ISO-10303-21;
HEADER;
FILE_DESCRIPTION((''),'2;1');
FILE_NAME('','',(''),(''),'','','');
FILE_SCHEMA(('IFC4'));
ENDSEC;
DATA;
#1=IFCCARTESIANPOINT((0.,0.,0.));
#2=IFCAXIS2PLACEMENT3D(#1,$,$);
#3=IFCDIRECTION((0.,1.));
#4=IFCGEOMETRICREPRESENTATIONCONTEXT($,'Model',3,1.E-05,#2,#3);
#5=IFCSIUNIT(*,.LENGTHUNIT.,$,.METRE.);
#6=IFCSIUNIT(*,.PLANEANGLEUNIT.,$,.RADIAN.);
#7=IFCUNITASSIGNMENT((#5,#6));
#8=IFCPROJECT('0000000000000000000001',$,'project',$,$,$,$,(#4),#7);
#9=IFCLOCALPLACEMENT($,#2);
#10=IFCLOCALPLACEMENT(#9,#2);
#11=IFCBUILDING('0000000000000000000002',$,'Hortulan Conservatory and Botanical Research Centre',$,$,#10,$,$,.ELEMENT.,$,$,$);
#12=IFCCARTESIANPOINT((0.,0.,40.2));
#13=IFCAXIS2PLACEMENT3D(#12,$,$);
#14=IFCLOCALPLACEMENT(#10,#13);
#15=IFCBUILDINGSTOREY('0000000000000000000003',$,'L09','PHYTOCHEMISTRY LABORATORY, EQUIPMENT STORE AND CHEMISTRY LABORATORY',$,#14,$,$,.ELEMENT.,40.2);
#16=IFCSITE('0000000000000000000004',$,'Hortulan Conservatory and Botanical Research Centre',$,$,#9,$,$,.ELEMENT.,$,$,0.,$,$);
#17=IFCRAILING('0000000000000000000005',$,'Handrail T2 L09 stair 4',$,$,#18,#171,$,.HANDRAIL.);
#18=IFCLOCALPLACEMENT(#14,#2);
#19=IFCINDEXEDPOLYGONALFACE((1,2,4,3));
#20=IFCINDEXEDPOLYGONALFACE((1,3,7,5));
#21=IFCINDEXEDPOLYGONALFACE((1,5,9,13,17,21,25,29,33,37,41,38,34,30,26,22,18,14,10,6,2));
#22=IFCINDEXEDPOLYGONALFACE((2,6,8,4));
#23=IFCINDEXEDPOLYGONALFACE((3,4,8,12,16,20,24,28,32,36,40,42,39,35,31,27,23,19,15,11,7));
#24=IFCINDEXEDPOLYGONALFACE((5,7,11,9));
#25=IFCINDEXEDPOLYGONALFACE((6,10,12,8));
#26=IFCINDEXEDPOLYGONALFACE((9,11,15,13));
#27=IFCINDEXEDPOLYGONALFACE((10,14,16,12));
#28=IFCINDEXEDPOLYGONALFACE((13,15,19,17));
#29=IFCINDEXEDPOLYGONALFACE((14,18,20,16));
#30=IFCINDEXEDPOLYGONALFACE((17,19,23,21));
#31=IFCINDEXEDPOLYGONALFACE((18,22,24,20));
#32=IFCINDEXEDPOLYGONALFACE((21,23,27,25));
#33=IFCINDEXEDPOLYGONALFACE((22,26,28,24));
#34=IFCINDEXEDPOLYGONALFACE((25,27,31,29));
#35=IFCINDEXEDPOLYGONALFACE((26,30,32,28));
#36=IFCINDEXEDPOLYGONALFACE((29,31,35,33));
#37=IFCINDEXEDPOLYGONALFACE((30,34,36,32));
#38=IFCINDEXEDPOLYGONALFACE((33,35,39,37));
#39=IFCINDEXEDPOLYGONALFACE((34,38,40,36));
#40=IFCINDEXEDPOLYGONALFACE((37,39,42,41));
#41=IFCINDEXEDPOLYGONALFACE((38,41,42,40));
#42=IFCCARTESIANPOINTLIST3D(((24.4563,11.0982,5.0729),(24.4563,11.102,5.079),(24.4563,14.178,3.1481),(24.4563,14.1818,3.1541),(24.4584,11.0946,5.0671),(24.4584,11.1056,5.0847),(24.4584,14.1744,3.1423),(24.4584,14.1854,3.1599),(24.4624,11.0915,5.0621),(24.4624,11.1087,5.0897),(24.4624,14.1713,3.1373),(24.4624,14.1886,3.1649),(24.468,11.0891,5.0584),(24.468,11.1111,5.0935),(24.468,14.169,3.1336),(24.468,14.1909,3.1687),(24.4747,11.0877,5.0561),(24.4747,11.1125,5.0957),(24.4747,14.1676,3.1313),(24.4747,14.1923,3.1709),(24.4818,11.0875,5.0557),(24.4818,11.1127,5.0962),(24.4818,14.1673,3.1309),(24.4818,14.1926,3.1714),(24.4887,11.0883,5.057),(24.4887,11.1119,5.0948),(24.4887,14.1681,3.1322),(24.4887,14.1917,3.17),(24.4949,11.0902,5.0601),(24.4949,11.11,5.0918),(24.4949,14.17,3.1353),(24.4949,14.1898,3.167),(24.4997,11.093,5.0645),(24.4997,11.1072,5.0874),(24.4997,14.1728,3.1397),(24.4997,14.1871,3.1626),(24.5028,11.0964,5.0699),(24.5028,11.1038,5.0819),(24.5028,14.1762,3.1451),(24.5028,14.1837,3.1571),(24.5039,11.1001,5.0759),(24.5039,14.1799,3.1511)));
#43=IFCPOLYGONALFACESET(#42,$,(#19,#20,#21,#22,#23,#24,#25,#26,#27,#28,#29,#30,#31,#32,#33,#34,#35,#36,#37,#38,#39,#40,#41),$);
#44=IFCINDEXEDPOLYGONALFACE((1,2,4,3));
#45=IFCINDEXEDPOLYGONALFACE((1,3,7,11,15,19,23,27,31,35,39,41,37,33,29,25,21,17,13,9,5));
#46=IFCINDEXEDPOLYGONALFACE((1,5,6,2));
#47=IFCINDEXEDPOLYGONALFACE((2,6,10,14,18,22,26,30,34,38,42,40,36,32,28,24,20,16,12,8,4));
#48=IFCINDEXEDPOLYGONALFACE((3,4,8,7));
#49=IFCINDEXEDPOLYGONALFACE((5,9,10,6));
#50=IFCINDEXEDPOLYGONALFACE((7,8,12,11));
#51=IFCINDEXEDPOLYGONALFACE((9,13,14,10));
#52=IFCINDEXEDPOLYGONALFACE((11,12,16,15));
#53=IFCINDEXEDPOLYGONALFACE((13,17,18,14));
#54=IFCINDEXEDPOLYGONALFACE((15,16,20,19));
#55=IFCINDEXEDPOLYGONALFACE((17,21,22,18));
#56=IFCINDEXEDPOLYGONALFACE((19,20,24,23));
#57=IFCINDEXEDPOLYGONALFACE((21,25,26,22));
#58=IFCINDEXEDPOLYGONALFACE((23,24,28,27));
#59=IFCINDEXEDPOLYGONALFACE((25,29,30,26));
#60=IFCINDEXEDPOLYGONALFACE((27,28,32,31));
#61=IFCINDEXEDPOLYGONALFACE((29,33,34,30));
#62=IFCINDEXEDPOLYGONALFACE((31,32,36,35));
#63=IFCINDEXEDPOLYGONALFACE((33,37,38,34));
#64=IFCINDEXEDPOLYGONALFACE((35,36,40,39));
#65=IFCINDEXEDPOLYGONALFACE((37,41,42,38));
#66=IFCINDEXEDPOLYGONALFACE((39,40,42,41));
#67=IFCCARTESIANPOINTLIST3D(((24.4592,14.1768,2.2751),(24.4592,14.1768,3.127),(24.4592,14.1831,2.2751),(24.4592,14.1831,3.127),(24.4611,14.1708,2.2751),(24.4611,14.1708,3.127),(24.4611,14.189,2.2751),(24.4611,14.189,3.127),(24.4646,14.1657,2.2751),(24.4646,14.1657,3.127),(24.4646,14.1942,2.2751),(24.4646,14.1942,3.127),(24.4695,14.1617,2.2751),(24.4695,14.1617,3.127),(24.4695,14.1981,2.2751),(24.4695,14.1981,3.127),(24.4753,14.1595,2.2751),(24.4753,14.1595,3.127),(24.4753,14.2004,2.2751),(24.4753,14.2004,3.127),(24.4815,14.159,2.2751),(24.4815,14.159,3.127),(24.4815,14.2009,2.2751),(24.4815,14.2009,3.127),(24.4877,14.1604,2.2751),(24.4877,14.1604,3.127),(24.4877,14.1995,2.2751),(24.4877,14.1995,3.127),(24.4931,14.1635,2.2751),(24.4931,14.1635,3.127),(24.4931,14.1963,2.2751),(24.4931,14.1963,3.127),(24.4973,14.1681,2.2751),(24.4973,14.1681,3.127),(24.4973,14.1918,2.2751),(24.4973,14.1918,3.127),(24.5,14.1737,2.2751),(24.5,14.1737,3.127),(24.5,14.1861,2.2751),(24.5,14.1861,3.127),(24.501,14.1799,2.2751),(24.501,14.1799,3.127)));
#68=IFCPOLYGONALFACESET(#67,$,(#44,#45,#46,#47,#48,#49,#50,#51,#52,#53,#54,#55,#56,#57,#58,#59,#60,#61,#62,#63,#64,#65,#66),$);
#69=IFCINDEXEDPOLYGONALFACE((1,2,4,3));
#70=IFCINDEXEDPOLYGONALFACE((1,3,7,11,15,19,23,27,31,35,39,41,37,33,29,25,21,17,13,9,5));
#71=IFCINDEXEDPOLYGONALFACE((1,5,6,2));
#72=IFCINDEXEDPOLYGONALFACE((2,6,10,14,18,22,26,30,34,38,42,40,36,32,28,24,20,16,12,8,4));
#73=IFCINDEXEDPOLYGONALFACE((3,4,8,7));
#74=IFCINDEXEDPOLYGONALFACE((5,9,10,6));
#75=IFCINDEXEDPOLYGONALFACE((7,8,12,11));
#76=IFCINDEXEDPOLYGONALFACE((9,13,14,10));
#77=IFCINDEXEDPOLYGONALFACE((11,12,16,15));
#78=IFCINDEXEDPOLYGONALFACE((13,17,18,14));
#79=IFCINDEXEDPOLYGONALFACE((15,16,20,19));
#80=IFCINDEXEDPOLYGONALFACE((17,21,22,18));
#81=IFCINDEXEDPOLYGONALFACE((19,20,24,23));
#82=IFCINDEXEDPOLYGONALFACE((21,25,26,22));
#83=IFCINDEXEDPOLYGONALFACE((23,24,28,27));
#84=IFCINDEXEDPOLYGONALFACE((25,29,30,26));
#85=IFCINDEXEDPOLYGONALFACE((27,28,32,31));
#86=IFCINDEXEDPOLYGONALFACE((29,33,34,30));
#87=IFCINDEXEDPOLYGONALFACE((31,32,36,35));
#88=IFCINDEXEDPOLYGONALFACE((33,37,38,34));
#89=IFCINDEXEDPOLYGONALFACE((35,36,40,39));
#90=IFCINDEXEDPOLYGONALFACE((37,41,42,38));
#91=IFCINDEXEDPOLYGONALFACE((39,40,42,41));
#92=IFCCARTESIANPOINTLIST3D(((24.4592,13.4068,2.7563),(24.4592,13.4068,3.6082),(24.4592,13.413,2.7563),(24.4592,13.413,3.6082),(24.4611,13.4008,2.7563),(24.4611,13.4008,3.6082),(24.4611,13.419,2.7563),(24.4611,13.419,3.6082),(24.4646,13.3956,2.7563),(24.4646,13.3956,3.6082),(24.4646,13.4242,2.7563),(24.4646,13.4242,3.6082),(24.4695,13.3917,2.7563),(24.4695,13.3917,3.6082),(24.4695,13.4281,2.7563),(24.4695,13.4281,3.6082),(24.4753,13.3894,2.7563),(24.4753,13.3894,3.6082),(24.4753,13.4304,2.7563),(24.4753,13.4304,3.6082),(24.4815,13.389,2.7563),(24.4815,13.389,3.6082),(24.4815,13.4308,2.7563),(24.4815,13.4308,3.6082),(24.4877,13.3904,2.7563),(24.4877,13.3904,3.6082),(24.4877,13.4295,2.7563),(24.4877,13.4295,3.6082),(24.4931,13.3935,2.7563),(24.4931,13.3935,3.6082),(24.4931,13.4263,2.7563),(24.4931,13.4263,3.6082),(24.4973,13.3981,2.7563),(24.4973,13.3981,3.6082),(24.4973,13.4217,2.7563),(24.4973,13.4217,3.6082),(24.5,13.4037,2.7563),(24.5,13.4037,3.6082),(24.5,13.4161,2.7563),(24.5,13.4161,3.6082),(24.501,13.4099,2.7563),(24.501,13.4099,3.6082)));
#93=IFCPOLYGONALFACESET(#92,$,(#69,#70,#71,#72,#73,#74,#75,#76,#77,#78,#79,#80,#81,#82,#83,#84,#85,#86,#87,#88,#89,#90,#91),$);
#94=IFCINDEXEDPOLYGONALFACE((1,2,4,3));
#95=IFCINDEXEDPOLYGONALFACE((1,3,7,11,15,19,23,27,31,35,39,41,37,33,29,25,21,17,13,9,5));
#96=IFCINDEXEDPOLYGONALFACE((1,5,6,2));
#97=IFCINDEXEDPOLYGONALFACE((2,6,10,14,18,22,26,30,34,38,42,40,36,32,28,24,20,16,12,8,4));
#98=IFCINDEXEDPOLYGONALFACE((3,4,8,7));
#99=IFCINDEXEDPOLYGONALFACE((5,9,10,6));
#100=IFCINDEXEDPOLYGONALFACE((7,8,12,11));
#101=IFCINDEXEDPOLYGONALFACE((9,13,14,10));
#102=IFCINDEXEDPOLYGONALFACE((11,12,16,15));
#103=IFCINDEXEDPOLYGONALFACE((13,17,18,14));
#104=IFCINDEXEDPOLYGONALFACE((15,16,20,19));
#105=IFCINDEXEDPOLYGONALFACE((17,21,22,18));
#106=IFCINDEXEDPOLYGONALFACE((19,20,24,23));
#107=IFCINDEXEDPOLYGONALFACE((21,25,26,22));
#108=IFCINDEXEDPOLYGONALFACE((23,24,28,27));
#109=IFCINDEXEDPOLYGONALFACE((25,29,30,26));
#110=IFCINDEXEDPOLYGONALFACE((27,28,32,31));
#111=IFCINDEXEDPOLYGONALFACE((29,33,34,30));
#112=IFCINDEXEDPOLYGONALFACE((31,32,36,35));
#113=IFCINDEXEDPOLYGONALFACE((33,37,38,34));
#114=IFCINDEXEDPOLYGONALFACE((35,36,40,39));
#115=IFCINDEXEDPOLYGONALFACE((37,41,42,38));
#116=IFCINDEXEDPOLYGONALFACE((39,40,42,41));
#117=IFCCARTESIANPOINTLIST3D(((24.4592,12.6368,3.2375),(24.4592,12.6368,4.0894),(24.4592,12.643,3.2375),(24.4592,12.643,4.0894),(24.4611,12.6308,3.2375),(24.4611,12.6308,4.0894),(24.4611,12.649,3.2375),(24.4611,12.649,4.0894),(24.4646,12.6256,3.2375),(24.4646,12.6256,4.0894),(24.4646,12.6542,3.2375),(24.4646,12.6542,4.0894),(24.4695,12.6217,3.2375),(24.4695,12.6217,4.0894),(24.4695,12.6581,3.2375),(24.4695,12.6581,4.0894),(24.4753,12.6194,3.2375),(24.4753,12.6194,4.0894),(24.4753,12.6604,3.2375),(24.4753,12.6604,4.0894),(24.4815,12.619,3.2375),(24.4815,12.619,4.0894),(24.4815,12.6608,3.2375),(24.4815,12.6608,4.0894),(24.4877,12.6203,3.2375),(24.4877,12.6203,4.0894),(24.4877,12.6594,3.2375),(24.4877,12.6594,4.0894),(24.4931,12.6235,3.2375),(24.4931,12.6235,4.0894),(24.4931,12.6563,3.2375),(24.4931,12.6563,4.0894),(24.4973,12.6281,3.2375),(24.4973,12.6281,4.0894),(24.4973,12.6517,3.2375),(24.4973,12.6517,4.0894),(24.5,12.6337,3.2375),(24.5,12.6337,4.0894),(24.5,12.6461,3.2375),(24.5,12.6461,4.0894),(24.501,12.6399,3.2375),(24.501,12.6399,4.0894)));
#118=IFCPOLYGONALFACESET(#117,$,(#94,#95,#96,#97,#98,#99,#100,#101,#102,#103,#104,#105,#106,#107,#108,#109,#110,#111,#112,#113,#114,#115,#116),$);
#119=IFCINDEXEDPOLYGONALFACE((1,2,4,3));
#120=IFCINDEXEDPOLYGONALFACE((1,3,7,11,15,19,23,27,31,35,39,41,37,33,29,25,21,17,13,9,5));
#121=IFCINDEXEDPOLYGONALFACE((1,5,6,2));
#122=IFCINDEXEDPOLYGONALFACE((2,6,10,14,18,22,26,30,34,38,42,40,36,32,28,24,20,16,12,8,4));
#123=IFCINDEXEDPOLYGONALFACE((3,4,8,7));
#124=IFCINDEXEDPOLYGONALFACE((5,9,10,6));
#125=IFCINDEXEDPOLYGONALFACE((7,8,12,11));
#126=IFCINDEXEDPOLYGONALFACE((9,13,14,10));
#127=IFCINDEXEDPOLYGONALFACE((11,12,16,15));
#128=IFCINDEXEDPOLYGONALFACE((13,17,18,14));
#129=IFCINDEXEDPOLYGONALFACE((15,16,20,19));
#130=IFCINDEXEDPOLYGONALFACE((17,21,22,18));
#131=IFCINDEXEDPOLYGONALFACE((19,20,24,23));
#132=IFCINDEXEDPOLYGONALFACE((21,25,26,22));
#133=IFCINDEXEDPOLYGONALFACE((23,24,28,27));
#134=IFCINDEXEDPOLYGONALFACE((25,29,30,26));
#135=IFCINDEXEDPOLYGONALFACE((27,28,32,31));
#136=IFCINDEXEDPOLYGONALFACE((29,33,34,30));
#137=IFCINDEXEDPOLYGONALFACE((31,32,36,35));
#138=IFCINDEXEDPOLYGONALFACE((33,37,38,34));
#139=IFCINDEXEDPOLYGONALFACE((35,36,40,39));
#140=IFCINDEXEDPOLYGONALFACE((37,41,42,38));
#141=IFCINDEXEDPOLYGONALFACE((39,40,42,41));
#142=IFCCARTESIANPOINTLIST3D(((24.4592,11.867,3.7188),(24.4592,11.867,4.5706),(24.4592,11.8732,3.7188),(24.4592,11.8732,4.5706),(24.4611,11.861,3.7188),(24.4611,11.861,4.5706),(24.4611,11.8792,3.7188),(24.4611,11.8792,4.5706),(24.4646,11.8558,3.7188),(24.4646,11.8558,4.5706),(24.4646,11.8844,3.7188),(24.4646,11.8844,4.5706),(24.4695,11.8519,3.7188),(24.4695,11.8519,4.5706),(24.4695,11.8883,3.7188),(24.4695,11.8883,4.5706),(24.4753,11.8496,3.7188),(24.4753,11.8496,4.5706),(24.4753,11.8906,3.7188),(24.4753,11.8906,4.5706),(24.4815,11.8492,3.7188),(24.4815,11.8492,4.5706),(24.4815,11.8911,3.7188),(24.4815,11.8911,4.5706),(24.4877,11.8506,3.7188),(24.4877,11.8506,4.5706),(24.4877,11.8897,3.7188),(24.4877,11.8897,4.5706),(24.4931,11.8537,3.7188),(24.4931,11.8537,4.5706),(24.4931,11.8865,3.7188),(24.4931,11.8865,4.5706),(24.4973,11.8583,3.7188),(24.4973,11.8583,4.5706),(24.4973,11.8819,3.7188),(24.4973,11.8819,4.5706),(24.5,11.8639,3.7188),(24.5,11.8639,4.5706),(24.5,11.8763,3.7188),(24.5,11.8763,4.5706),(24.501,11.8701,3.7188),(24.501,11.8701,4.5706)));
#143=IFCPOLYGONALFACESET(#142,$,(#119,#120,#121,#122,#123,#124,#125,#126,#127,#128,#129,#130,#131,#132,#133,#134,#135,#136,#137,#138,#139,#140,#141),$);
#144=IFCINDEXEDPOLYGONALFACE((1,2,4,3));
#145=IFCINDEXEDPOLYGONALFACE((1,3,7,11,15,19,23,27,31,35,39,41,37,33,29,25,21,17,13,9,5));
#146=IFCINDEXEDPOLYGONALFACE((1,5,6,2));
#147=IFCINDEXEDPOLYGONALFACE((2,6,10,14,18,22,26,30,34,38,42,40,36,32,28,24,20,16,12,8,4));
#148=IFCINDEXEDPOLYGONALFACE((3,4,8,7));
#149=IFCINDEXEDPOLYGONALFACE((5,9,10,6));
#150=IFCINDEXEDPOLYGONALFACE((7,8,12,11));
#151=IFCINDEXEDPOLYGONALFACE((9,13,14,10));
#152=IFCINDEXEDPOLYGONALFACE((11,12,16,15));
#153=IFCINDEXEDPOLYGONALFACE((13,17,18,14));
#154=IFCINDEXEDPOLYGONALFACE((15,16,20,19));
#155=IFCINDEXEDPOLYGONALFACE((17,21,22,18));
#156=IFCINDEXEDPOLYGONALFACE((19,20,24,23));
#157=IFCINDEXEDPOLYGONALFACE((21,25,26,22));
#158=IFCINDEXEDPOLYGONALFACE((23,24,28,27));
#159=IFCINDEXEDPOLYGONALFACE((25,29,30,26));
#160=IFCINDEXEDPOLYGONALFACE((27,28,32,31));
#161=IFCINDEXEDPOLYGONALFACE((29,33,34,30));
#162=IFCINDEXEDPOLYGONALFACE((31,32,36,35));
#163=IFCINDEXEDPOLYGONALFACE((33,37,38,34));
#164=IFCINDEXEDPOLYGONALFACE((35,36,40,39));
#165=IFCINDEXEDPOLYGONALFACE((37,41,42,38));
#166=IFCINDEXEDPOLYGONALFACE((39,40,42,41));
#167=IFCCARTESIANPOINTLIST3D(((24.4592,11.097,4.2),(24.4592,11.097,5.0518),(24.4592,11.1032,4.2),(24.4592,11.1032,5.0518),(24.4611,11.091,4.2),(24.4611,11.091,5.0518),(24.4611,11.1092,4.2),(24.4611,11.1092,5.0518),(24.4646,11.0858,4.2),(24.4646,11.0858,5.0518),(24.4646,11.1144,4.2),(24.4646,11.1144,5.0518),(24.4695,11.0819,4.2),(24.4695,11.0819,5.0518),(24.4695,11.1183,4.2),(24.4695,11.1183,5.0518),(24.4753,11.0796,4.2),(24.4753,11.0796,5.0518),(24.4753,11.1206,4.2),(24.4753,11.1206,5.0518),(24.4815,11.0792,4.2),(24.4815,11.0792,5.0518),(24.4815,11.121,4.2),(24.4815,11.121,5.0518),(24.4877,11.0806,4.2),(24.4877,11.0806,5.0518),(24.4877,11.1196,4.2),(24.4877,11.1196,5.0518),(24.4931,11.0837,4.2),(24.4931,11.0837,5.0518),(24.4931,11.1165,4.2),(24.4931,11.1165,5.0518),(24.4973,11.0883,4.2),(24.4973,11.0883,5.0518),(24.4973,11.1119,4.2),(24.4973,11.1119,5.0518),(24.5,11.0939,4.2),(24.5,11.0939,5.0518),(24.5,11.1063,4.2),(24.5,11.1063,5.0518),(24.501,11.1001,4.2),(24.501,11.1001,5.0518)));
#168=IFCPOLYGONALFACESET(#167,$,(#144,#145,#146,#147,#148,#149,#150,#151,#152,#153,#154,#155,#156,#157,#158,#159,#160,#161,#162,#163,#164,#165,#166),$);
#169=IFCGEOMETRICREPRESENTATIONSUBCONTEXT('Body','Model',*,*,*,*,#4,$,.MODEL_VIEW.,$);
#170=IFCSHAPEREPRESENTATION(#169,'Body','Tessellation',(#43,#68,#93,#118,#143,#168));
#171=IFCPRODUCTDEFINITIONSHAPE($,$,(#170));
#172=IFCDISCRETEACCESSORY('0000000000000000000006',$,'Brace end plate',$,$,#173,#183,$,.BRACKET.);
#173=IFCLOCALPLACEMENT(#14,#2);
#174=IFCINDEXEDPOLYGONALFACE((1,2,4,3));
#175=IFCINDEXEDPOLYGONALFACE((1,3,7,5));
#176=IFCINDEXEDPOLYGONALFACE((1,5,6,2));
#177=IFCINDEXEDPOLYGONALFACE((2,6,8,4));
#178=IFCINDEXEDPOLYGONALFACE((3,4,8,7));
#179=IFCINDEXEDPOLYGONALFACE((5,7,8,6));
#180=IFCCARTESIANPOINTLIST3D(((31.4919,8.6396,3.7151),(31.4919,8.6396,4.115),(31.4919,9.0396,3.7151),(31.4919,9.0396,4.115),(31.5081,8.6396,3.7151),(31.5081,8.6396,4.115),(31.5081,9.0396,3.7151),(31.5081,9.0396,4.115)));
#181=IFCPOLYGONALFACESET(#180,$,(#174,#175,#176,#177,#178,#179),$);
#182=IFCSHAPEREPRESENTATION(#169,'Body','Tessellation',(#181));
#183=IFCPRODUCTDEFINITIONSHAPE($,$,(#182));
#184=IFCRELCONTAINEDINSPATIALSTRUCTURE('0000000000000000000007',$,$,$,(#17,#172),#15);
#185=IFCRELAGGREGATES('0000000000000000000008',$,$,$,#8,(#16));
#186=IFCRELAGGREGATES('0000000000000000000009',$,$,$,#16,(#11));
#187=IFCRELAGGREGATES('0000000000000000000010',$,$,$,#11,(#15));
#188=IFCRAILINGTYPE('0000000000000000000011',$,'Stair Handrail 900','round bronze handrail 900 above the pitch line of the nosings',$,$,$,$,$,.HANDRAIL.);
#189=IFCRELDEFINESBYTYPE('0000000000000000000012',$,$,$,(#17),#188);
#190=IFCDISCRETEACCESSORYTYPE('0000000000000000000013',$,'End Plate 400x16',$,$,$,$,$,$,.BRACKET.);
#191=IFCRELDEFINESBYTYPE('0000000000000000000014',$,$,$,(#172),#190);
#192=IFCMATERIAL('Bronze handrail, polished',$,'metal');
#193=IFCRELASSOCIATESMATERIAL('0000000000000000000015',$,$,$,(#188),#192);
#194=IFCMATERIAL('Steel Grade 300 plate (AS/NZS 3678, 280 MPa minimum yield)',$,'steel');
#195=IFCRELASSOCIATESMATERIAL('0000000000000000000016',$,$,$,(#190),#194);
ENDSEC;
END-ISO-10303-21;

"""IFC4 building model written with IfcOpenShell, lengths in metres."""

from ifc_helpers import new_model, si_unit, direction, frame, origin, origin_2d, place, context, subcontext, project, spatial, rectangle, circle, extrude, material, type_object, element, save


model = new_model("IFC4")

# Units and contexts
model_context = context("Model", 3, precision=1e-05, world=origin(), true_north=direction((0.0, 1.0)))
body_context = subcontext(model_context, "Body", "Model", "MODEL_VIEW")
ifc_project = project(units=[si_unit("LENGTHUNIT", "METRE"), si_unit("PLANEANGLEUNIT", "RADIAN")], contexts=[model_context])

# Site, building, storey
site_placement = place(None, origin())
site = spatial("IfcSite", under=ifc_project, at=site_placement, Name="Hortulan Conservatory and Botanical Research Centre", CompositionType="ELEMENT", RefElevation=0.0)
building_placement = place(site_placement, origin())
building = spatial("IfcBuilding", under=site, at=building_placement, Name="Hortulan Conservatory and Botanical Research Centre", CompositionType="ELEMENT")
storey_placement = place(building_placement, frame((0.0, 0.0, 40.2)))
storey = spatial("IfcBuildingStorey", under=building, at=storey_placement, Name="L09", Description="PHYTOCHEMISTRY LABORATORY, EQUIPMENT STORE AND CHEMISTRY LABORATORY", CompositionType="ELEMENT", Elevation=40.2)

# Railing
ifc_material_1 = material(Name="Bronze handrail, polished", Category="metal")
railing_type_1 = type_object("IfcRailingType", Name="Stair Handrail 900", Description="round bronze handrail 900 above the pitch line of the nosings", PredefinedType="HANDRAIL", material=ifc_material_1)
railing_1_placement = place(storey_placement, frame((24.48, 14.1799, 2.2751)))
element("IfcRailing", 1, at=railing_1_placement, inside=storey, type_object=railing_type_1, Name="Handrail T2 L09 stair 4", PredefinedType="HANDRAIL", context=body_context, shape_type="SweptSolid", body=[
    extrude(circle(Radius=0.0239, at=origin_2d()), frame((0.0, 0.0, 0.876), z_axis=(0.0, -0.84801, 0.529981), x_axis=(1.0, 0.0, 0.0)), (0.0, 0.0, 1.0), 3.6318),
    extrude(circle(Radius=0.021, at=origin_2d()), origin(), (0.0, 0.0, 1.0), 0.8518),
    extrude(circle(Radius=0.021, at=origin_2d()), frame((0.0, -0.77, 0.4812)), (0.0, 0.0, 1.0), 0.8518),
    extrude(circle(Radius=0.021, at=origin_2d()), frame((0.0, -1.54, 0.9624)), (0.0, 0.0, 1.0), 0.8518),
    extrude(circle(Radius=0.021, at=origin_2d()), frame((0.0, -2.3098, 1.4436)), (0.0, 0.0, 1.0), 0.8518),
    extrude(circle(Radius=0.021, at=origin_2d()), frame((0.0, -3.0798, 1.9248)), (0.0, 0.0, 1.0), 0.8518),
])

# Discrete accessory
ifc_material_2 = material(Name="Steel Grade 300 plate (AS/NZS 3678, 280 MPa minimum yield)", Category="steel")
discrete_accessory_type = type_object("IfcDiscreteAccessoryType", Name="End Plate 400x16", PredefinedType="BRACKET", material=ifc_material_2)
discrete_accessory_placement = place(storey_placement, frame((31.5, 8.8396, 3.7151), z_axis=(0.0, 0.0, 1.0), x_axis=(0.0, -1.0, 0.0)))
element("IfcDiscreteAccessory", 2, at=discrete_accessory_placement, inside=storey, type_object=discrete_accessory_type, Name="Brace end plate", PredefinedType="BRACKET", context=body_context, shape_type="SweptSolid", body=[
    extrude(rectangle(XDim=0.3999, YDim=0.0161, at=origin_2d()), origin(), (0.0, 0.0, 1.0), 0.3999),
])

save(model, "model.ifc")
